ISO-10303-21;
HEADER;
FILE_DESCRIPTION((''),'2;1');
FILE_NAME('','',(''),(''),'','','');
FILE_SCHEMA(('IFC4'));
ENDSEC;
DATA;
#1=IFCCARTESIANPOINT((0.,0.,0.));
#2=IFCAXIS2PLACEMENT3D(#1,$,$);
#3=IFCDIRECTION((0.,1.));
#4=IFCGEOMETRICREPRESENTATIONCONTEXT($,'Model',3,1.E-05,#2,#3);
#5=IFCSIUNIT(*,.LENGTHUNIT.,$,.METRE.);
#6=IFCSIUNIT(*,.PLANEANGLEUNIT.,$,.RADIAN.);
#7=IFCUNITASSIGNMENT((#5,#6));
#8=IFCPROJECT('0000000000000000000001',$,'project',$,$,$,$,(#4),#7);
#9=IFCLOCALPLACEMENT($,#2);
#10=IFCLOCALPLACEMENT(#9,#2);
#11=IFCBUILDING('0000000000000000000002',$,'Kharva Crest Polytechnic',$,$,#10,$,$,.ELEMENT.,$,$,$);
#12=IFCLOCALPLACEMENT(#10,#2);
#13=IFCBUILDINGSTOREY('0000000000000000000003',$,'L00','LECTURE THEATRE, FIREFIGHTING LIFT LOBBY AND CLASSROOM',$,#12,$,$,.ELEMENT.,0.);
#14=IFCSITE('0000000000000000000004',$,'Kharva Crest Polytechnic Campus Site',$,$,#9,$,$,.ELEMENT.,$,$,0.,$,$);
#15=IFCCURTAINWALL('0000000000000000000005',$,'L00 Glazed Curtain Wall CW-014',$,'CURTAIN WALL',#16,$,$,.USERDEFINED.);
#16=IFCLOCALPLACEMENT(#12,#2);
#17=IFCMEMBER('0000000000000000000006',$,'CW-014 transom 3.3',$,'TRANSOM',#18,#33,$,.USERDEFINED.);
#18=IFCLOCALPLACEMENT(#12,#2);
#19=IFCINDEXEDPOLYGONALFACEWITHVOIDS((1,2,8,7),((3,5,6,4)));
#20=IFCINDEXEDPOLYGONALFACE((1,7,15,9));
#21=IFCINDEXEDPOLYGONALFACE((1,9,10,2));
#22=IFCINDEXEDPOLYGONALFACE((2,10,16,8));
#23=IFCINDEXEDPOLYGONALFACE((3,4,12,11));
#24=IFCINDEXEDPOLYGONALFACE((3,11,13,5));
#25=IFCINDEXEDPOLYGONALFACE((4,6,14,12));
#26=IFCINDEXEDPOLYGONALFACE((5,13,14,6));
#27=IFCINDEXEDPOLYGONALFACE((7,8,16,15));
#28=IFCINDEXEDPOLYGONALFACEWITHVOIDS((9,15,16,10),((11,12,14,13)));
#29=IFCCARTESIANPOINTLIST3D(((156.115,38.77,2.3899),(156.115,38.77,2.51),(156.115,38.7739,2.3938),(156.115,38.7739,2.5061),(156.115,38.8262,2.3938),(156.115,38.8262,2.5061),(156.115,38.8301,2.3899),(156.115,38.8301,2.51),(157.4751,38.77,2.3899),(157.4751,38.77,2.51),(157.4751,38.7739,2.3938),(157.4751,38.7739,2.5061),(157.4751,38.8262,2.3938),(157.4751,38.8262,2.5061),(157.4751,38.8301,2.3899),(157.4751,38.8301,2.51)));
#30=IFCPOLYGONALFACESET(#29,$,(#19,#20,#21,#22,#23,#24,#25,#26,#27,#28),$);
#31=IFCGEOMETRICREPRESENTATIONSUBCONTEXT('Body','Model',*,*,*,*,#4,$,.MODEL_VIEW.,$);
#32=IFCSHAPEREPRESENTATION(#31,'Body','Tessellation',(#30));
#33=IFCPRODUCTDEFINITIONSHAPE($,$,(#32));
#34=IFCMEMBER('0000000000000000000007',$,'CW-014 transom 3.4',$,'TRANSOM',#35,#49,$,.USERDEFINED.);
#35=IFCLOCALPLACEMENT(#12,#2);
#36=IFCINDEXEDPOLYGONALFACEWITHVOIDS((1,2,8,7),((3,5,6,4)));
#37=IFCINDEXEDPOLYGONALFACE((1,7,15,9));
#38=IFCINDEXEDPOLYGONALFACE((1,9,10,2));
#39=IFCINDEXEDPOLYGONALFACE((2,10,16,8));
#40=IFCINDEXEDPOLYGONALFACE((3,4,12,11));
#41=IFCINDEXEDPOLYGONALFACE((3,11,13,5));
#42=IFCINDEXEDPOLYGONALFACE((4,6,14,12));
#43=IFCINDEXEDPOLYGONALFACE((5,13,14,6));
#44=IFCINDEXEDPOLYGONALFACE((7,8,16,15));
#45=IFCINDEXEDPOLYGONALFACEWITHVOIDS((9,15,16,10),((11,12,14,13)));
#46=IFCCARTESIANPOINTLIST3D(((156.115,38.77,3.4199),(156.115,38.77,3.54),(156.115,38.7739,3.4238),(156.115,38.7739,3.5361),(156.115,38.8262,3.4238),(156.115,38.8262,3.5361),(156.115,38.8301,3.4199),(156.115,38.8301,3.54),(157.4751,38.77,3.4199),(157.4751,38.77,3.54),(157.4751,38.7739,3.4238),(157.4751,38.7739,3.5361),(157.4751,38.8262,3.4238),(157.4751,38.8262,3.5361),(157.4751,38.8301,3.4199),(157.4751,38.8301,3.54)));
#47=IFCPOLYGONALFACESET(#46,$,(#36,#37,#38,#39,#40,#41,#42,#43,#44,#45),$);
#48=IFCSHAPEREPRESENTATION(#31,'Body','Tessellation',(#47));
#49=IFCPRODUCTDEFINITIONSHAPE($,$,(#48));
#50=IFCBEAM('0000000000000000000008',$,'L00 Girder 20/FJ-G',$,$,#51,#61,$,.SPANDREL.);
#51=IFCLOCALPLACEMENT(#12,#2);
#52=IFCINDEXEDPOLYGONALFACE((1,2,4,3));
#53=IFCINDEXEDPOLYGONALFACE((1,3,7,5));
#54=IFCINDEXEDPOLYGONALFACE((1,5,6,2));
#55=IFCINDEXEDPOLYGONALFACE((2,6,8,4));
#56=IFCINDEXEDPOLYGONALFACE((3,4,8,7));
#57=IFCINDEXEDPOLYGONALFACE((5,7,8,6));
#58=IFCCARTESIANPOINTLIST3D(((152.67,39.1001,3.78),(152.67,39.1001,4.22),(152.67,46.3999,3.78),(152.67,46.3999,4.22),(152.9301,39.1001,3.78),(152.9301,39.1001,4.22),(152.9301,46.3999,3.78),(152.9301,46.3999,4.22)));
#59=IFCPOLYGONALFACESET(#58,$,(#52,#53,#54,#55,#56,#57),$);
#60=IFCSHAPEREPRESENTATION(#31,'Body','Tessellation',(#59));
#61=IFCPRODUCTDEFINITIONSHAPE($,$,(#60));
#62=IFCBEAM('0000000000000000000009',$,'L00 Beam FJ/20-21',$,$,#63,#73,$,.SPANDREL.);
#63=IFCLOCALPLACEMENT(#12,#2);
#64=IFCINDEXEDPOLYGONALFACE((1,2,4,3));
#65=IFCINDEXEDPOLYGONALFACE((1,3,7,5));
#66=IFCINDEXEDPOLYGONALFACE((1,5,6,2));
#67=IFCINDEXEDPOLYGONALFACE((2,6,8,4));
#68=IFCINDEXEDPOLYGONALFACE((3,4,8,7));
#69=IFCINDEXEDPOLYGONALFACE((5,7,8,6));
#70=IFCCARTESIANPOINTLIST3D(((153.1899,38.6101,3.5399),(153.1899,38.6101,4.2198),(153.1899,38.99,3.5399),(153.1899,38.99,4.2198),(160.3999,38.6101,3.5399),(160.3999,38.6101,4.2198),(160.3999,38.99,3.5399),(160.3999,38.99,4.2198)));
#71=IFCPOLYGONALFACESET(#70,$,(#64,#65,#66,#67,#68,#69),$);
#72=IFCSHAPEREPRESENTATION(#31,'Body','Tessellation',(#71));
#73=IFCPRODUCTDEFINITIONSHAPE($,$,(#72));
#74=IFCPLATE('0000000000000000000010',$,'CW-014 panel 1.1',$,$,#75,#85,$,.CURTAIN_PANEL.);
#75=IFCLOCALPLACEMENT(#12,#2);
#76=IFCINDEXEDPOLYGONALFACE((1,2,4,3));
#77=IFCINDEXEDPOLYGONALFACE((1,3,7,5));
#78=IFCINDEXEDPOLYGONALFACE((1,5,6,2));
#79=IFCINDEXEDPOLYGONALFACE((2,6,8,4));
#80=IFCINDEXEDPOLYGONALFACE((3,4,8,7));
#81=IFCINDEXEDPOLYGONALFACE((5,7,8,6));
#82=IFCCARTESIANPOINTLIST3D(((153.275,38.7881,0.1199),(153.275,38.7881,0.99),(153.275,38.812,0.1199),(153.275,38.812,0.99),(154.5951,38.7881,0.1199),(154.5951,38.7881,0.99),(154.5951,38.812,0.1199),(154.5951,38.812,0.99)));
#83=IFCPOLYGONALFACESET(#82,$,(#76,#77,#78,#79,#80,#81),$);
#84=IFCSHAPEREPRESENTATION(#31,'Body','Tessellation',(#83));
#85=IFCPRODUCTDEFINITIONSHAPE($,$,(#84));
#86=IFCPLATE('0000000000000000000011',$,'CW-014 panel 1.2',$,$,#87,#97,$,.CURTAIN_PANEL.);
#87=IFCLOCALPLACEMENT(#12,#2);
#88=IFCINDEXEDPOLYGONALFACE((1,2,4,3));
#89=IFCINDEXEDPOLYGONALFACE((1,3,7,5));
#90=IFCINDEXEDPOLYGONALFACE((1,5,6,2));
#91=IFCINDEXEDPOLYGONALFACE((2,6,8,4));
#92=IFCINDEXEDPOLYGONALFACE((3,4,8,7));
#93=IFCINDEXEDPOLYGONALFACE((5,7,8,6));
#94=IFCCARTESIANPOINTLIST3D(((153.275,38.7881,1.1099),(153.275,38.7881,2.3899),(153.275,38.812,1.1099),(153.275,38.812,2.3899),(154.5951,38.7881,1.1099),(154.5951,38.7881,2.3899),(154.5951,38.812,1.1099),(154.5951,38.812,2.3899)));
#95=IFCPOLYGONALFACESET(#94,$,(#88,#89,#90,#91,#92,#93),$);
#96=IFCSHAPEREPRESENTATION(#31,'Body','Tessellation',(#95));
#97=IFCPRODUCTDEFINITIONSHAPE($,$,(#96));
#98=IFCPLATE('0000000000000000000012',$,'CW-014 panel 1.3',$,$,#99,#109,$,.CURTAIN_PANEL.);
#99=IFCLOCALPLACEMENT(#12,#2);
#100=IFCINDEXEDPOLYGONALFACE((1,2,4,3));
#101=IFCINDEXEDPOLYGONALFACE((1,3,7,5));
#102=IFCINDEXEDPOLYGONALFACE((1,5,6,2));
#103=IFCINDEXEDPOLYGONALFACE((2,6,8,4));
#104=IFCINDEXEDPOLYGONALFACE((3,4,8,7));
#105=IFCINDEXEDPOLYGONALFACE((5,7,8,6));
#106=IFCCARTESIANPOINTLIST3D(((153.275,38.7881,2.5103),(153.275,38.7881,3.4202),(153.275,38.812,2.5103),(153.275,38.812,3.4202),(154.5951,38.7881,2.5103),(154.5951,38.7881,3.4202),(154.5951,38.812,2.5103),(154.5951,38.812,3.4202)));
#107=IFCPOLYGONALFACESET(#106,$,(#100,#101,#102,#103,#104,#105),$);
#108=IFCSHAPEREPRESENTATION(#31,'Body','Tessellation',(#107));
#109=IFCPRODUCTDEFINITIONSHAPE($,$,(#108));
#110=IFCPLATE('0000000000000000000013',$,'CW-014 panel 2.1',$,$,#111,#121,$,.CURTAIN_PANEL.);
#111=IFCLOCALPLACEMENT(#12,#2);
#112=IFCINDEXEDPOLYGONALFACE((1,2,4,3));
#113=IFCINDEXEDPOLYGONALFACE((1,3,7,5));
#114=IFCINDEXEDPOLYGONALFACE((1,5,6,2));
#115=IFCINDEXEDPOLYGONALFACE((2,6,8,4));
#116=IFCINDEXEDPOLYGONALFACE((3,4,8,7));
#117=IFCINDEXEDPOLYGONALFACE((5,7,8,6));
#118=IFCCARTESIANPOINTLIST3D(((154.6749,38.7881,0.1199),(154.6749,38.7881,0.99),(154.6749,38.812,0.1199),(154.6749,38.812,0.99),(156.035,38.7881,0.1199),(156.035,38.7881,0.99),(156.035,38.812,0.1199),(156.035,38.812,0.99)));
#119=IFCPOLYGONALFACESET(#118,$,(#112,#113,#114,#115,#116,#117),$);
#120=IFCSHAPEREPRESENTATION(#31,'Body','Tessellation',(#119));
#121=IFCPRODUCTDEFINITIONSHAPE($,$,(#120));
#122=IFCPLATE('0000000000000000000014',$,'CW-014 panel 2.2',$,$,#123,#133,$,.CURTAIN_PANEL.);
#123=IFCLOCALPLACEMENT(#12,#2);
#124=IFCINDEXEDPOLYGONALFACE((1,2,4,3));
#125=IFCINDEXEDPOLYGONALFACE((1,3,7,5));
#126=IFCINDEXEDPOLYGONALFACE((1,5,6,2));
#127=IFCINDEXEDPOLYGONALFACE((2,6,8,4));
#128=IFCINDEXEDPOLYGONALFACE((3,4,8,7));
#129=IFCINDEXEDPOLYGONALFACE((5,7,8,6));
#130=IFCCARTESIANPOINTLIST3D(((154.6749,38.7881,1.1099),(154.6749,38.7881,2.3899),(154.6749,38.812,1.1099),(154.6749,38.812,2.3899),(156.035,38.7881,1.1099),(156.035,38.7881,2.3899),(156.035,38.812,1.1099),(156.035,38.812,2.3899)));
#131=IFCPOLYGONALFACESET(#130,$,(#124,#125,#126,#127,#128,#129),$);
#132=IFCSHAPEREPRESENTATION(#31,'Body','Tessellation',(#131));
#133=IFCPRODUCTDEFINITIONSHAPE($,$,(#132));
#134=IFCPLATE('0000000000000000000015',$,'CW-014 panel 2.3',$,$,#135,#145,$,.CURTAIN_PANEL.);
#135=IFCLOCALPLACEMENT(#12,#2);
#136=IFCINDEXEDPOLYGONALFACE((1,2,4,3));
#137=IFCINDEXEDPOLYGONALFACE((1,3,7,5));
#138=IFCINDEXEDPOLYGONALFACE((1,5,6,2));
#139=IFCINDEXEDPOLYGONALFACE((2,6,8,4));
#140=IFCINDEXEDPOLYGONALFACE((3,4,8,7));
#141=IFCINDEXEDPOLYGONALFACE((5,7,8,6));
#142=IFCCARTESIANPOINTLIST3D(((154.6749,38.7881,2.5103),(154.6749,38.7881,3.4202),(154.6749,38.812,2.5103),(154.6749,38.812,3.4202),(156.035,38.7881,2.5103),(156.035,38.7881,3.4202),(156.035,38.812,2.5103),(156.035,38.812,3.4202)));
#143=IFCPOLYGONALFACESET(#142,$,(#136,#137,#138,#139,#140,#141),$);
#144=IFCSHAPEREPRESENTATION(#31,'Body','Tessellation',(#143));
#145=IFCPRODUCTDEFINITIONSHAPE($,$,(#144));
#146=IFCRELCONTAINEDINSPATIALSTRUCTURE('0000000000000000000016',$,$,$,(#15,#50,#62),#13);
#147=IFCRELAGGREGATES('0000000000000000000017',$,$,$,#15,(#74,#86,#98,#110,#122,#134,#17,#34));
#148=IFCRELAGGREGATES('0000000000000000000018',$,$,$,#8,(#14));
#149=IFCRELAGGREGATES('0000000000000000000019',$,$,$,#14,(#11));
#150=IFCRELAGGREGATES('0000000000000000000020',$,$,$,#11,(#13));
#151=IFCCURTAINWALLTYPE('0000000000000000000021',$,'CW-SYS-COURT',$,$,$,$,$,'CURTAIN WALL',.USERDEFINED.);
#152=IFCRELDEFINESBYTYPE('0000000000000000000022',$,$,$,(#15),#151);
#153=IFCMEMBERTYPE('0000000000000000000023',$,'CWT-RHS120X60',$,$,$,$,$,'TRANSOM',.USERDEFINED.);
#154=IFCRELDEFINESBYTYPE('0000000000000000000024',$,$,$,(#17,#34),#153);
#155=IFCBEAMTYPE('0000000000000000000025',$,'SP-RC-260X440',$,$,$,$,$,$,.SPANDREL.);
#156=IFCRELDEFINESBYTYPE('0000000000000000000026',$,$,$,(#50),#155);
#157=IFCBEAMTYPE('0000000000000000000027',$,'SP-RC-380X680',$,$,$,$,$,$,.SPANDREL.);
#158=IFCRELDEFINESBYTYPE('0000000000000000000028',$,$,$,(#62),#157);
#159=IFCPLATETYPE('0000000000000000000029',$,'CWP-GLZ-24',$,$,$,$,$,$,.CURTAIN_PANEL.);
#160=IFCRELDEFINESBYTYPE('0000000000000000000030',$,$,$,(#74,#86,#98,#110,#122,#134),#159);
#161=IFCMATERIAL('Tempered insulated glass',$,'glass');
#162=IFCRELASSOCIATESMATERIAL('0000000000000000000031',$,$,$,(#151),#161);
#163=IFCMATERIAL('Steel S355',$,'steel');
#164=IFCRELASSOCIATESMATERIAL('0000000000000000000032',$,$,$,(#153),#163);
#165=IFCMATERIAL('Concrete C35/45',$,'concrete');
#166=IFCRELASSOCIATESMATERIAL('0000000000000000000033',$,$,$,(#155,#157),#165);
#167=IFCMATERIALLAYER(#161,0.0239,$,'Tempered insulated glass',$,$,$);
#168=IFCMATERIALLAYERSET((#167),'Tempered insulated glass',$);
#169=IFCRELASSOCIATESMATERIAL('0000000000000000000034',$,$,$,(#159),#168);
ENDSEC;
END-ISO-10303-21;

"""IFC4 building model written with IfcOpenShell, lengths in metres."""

from ifc_helpers import new_model, si_unit, direction, frame, origin, origin_2d, place, context, subcontext, project, spatial, rectangle, hollow_rectangle, extrude, material, layer, layer_set, material_profile, profile_set, type_object, element, aggregate, save


model = new_model("IFC4")

# Units and contexts
model_context = context("Model", 3, precision=1e-05, world=origin(), true_north=direction((0.0, 1.0)))
body_context = subcontext(model_context, "Body", "Model", "MODEL_VIEW")
ifc_project = project(units=[si_unit("LENGTHUNIT", "METRE"), si_unit("PLANEANGLEUNIT", "RADIAN")], contexts=[model_context])

# Site, building, storey
site_placement = place(None, origin())
site = spatial("IfcSite", under=ifc_project, at=site_placement, Name="Kharva Crest Polytechnic Campus Site", CompositionType="ELEMENT", RefElevation=0.0)
building_placement = place(site_placement, origin())
building = spatial("IfcBuilding", under=site, at=building_placement, Name="Kharva Crest Polytechnic", CompositionType="ELEMENT")
storey_placement = place(building_placement, origin())
storey = spatial("IfcBuildingStorey", under=building, at=storey_placement, Name="L00", Description="LECTURE THEATRE, FIREFIGHTING LIFT LOBBY AND CLASSROOM", CompositionType="ELEMENT", Elevation=0.0)

# Shared definitions
ifc_material_1 = material(Name="Concrete C35/45", Category="concrete")

# Curtain wall, members
ifc_material_2 = material(Name="Tempered insulated glass", Category="glass")
curtain_wall_type = type_object("IfcCurtainWallType", Name="CW-SYS-COURT", ElementType="CURTAIN WALL", PredefinedType="USERDEFINED", material=ifc_material_2)
curtain_wall_placement = place(storey_placement, origin())
curtain_wall = element("IfcCurtainWall", 1, at=curtain_wall_placement, inside=storey, type_object=curtain_wall_type, Name="L00 Glazed Curtain Wall CW-014", ObjectType="CURTAIN WALL", PredefinedType="USERDEFINED")
ifc_material_3 = material(Name="Steel S355", Category="steel")
ifc_material_profile_1 = material_profile(ifc_material_3, hollow_rectangle(XDim=0.0601, YDim=0.1201, WallThickness=0.0039, at=origin_2d()), Name="RHS 120X60X4.0")
ifc_profile_set_1 = profile_set([ifc_material_profile_1], Name="Steel S355")
member_type_1 = type_object("IfcMemberType", Name="CWT-RHS120X60", ElementType="TRANSOM", PredefinedType="USERDEFINED", material=ifc_profile_set_1)
member_1_placement = place(storey_placement, frame((156.115, 38.8, 2.45), z_axis=(1.0, 0.0, 0.0), x_axis=(0.0, 1.0, 0.0)))
member_1 = element("IfcMember", 2, at=member_1_placement, type_object=member_type_1, Name="CW-014 transom 3.3", ObjectType="TRANSOM", PredefinedType="USERDEFINED", context=body_context, shape_type="SweptSolid", body=[
    extrude(hollow_rectangle(XDim=0.0601, YDim=0.1201, WallThickness=0.0039, at=origin_2d()), origin(), (0.0, 0.0, 1.0), 1.3601),
])
member_2_placement = place(storey_placement, frame((156.115, 38.8, 3.48), z_axis=(1.0, 0.0, 0.0), x_axis=(0.0, 1.0, 0.0)))
member_2 = element("IfcMember", 3, at=member_2_placement, type_object=member_type_1, Name="CW-014 transom 3.4", ObjectType="TRANSOM", PredefinedType="USERDEFINED", context=body_context, shape_type="SweptSolid", body=[
    extrude(hollow_rectangle(XDim=0.0601, YDim=0.1201, WallThickness=0.0039, at=origin_2d()), origin(), (0.0, 0.0, 1.0), 1.3601),
])

# Beams
ifc_material_profile_2 = material_profile(ifc_material_1, rectangle(XDim=0.26, YDim=0.4399, at=origin_2d()), Name="RECT 260 X 440")
ifc_profile_set_2 = profile_set([ifc_material_profile_2], Name="Concrete C35/45")
beam_type_1 = type_object("IfcBeamType", Name="SP-RC-260X440", PredefinedType="SPANDREL", material=ifc_profile_set_2)
beam_1_placement = place(storey_placement, frame((152.8, 39.1001, 4.0), z_axis=(0.0, 1.0, 0.0), x_axis=(-1.0, 0.0, 0.0)))
element("IfcBeam", 4, at=beam_1_placement, inside=storey, type_object=beam_type_1, Name="L00 Girder 20/FJ-G", PredefinedType="SPANDREL", context=body_context, shape_type="SweptSolid", body=[
    extrude(rectangle(XDim=0.26, YDim=0.4399, at=origin_2d()), origin(), (0.0, 0.0, 1.0), 7.2998),
])
ifc_material_profile_3 = material_profile(ifc_material_1, rectangle(XDim=0.3799, YDim=0.6799, at=origin_2d()), Name="RECT 380 X 680")
ifc_profile_set_3 = profile_set([ifc_material_profile_3], Name="Concrete C35/45")
beam_type_2 = type_object("IfcBeamType", Name="SP-RC-380X680", PredefinedType="SPANDREL", material=ifc_profile_set_3)
beam_2_placement = place(storey_placement, frame((153.1899, 38.8, 3.8799), z_axis=(1.0, 0.0, 0.0), x_axis=(0.0, 1.0, 0.0)))
element("IfcBeam", 5, at=beam_2_placement, inside=storey, type_object=beam_type_2, Name="L00 Beam FJ/20-21", PredefinedType="SPANDREL", context=body_context, shape_type="SweptSolid", body=[
    extrude(rectangle(XDim=0.3799, YDim=0.6799, at=origin_2d()), origin(), (0.0, 0.0, 1.0), 7.21),
])

# Plates
ifc_layer_1 = layer(ifc_material_2, 0.0239, Name="Tempered insulated glass")
ifc_layer_set_1 = layer_set([ifc_layer_1], Name="Tempered insulated glass")
plate_type = type_object("IfcPlateType", Name="CWP-GLZ-24", PredefinedType="CURTAIN_PANEL", material=ifc_layer_set_1)
plate_1_placement = place(storey_placement, frame((153.9351, 38.8, 0.1199), z_axis=(0.0, 0.0, 1.0), x_axis=(1.0, 0.0, 0.0)))
plate_1 = element("IfcPlate", 6, at=plate_1_placement, type_object=plate_type, Name="CW-014 panel 1.1", PredefinedType="CURTAIN_PANEL", context=body_context, shape_type="SweptSolid", body=[
    extrude(rectangle(XDim=1.3201, YDim=0.0239, at=origin_2d()), origin(), (0.0, 0.0, 1.0), 0.8701),
])
plate_2_placement = place(storey_placement, frame((153.9351, 38.8, 1.1099), z_axis=(0.0, 0.0, 1.0), x_axis=(1.0, 0.0, 0.0)))
plate_2 = element("IfcPlate", 7, at=plate_2_placement, type_object=plate_type, Name="CW-014 panel 1.2", PredefinedType="CURTAIN_PANEL", context=body_context, shape_type="SweptSolid", body=[
    extrude(rectangle(XDim=1.3201, YDim=0.0239, at=origin_2d()), origin(), (0.0, 0.0, 1.0), 1.28),
])
plate_3_placement = place(storey_placement, frame((153.9351, 38.8, 2.5103), z_axis=(0.0, 0.0, 1.0), x_axis=(1.0, 0.0, 0.0)))
plate_3 = element("IfcPlate", 8, at=plate_3_placement, type_object=plate_type, Name="CW-014 panel 1.3", PredefinedType="CURTAIN_PANEL", context=body_context, shape_type="SweptSolid", body=[
    extrude(rectangle(XDim=1.3201, YDim=0.0239, at=origin_2d()), origin(), (0.0, 0.0, 1.0), 0.9099),
])
plate_4_placement = place(storey_placement, frame((155.355, 38.8, 0.1199), z_axis=(0.0, 0.0, 1.0), x_axis=(1.0, 0.0, 0.0)))
plate_4 = element("IfcPlate", 9, at=plate_4_placement, type_object=plate_type, Name="CW-014 panel 2.1", PredefinedType="CURTAIN_PANEL", context=body_context, shape_type="SweptSolid", body=[
    extrude(rectangle(XDim=1.3601, YDim=0.0239, at=origin_2d()), origin(), (0.0, 0.0, 1.0), 0.8701),
])
plate_5_placement = place(storey_placement, frame((155.355, 38.8, 1.1099), z_axis=(0.0, 0.0, 1.0), x_axis=(1.0, 0.0, 0.0)))
plate_5 = element("IfcPlate", 10, at=plate_5_placement, type_object=plate_type, Name="CW-014 panel 2.2", PredefinedType="CURTAIN_PANEL", context=body_context, shape_type="SweptSolid", body=[
    extrude(rectangle(XDim=1.3601, YDim=0.0239, at=origin_2d()), origin(), (0.0, 0.0, 1.0), 1.28),
])
plate_6_placement = place(storey_placement, frame((155.355, 38.8, 2.5103), z_axis=(0.0, 0.0, 1.0), x_axis=(1.0, 0.0, 0.0)))
plate_6 = element("IfcPlate", 11, at=plate_6_placement, type_object=plate_type, Name="CW-014 panel 2.3", PredefinedType="CURTAIN_PANEL", context=body_context, shape_type="SweptSolid", body=[
    extrude(rectangle(XDim=1.3601, YDim=0.0239, at=origin_2d()), origin(), (0.0, 0.0, 1.0), 0.9099),
])
aggregate(curtain_wall, [plate_1, plate_2, plate_3, plate_4, plate_5, plate_6, member_1, member_2])

save(model, "model.ifc")
